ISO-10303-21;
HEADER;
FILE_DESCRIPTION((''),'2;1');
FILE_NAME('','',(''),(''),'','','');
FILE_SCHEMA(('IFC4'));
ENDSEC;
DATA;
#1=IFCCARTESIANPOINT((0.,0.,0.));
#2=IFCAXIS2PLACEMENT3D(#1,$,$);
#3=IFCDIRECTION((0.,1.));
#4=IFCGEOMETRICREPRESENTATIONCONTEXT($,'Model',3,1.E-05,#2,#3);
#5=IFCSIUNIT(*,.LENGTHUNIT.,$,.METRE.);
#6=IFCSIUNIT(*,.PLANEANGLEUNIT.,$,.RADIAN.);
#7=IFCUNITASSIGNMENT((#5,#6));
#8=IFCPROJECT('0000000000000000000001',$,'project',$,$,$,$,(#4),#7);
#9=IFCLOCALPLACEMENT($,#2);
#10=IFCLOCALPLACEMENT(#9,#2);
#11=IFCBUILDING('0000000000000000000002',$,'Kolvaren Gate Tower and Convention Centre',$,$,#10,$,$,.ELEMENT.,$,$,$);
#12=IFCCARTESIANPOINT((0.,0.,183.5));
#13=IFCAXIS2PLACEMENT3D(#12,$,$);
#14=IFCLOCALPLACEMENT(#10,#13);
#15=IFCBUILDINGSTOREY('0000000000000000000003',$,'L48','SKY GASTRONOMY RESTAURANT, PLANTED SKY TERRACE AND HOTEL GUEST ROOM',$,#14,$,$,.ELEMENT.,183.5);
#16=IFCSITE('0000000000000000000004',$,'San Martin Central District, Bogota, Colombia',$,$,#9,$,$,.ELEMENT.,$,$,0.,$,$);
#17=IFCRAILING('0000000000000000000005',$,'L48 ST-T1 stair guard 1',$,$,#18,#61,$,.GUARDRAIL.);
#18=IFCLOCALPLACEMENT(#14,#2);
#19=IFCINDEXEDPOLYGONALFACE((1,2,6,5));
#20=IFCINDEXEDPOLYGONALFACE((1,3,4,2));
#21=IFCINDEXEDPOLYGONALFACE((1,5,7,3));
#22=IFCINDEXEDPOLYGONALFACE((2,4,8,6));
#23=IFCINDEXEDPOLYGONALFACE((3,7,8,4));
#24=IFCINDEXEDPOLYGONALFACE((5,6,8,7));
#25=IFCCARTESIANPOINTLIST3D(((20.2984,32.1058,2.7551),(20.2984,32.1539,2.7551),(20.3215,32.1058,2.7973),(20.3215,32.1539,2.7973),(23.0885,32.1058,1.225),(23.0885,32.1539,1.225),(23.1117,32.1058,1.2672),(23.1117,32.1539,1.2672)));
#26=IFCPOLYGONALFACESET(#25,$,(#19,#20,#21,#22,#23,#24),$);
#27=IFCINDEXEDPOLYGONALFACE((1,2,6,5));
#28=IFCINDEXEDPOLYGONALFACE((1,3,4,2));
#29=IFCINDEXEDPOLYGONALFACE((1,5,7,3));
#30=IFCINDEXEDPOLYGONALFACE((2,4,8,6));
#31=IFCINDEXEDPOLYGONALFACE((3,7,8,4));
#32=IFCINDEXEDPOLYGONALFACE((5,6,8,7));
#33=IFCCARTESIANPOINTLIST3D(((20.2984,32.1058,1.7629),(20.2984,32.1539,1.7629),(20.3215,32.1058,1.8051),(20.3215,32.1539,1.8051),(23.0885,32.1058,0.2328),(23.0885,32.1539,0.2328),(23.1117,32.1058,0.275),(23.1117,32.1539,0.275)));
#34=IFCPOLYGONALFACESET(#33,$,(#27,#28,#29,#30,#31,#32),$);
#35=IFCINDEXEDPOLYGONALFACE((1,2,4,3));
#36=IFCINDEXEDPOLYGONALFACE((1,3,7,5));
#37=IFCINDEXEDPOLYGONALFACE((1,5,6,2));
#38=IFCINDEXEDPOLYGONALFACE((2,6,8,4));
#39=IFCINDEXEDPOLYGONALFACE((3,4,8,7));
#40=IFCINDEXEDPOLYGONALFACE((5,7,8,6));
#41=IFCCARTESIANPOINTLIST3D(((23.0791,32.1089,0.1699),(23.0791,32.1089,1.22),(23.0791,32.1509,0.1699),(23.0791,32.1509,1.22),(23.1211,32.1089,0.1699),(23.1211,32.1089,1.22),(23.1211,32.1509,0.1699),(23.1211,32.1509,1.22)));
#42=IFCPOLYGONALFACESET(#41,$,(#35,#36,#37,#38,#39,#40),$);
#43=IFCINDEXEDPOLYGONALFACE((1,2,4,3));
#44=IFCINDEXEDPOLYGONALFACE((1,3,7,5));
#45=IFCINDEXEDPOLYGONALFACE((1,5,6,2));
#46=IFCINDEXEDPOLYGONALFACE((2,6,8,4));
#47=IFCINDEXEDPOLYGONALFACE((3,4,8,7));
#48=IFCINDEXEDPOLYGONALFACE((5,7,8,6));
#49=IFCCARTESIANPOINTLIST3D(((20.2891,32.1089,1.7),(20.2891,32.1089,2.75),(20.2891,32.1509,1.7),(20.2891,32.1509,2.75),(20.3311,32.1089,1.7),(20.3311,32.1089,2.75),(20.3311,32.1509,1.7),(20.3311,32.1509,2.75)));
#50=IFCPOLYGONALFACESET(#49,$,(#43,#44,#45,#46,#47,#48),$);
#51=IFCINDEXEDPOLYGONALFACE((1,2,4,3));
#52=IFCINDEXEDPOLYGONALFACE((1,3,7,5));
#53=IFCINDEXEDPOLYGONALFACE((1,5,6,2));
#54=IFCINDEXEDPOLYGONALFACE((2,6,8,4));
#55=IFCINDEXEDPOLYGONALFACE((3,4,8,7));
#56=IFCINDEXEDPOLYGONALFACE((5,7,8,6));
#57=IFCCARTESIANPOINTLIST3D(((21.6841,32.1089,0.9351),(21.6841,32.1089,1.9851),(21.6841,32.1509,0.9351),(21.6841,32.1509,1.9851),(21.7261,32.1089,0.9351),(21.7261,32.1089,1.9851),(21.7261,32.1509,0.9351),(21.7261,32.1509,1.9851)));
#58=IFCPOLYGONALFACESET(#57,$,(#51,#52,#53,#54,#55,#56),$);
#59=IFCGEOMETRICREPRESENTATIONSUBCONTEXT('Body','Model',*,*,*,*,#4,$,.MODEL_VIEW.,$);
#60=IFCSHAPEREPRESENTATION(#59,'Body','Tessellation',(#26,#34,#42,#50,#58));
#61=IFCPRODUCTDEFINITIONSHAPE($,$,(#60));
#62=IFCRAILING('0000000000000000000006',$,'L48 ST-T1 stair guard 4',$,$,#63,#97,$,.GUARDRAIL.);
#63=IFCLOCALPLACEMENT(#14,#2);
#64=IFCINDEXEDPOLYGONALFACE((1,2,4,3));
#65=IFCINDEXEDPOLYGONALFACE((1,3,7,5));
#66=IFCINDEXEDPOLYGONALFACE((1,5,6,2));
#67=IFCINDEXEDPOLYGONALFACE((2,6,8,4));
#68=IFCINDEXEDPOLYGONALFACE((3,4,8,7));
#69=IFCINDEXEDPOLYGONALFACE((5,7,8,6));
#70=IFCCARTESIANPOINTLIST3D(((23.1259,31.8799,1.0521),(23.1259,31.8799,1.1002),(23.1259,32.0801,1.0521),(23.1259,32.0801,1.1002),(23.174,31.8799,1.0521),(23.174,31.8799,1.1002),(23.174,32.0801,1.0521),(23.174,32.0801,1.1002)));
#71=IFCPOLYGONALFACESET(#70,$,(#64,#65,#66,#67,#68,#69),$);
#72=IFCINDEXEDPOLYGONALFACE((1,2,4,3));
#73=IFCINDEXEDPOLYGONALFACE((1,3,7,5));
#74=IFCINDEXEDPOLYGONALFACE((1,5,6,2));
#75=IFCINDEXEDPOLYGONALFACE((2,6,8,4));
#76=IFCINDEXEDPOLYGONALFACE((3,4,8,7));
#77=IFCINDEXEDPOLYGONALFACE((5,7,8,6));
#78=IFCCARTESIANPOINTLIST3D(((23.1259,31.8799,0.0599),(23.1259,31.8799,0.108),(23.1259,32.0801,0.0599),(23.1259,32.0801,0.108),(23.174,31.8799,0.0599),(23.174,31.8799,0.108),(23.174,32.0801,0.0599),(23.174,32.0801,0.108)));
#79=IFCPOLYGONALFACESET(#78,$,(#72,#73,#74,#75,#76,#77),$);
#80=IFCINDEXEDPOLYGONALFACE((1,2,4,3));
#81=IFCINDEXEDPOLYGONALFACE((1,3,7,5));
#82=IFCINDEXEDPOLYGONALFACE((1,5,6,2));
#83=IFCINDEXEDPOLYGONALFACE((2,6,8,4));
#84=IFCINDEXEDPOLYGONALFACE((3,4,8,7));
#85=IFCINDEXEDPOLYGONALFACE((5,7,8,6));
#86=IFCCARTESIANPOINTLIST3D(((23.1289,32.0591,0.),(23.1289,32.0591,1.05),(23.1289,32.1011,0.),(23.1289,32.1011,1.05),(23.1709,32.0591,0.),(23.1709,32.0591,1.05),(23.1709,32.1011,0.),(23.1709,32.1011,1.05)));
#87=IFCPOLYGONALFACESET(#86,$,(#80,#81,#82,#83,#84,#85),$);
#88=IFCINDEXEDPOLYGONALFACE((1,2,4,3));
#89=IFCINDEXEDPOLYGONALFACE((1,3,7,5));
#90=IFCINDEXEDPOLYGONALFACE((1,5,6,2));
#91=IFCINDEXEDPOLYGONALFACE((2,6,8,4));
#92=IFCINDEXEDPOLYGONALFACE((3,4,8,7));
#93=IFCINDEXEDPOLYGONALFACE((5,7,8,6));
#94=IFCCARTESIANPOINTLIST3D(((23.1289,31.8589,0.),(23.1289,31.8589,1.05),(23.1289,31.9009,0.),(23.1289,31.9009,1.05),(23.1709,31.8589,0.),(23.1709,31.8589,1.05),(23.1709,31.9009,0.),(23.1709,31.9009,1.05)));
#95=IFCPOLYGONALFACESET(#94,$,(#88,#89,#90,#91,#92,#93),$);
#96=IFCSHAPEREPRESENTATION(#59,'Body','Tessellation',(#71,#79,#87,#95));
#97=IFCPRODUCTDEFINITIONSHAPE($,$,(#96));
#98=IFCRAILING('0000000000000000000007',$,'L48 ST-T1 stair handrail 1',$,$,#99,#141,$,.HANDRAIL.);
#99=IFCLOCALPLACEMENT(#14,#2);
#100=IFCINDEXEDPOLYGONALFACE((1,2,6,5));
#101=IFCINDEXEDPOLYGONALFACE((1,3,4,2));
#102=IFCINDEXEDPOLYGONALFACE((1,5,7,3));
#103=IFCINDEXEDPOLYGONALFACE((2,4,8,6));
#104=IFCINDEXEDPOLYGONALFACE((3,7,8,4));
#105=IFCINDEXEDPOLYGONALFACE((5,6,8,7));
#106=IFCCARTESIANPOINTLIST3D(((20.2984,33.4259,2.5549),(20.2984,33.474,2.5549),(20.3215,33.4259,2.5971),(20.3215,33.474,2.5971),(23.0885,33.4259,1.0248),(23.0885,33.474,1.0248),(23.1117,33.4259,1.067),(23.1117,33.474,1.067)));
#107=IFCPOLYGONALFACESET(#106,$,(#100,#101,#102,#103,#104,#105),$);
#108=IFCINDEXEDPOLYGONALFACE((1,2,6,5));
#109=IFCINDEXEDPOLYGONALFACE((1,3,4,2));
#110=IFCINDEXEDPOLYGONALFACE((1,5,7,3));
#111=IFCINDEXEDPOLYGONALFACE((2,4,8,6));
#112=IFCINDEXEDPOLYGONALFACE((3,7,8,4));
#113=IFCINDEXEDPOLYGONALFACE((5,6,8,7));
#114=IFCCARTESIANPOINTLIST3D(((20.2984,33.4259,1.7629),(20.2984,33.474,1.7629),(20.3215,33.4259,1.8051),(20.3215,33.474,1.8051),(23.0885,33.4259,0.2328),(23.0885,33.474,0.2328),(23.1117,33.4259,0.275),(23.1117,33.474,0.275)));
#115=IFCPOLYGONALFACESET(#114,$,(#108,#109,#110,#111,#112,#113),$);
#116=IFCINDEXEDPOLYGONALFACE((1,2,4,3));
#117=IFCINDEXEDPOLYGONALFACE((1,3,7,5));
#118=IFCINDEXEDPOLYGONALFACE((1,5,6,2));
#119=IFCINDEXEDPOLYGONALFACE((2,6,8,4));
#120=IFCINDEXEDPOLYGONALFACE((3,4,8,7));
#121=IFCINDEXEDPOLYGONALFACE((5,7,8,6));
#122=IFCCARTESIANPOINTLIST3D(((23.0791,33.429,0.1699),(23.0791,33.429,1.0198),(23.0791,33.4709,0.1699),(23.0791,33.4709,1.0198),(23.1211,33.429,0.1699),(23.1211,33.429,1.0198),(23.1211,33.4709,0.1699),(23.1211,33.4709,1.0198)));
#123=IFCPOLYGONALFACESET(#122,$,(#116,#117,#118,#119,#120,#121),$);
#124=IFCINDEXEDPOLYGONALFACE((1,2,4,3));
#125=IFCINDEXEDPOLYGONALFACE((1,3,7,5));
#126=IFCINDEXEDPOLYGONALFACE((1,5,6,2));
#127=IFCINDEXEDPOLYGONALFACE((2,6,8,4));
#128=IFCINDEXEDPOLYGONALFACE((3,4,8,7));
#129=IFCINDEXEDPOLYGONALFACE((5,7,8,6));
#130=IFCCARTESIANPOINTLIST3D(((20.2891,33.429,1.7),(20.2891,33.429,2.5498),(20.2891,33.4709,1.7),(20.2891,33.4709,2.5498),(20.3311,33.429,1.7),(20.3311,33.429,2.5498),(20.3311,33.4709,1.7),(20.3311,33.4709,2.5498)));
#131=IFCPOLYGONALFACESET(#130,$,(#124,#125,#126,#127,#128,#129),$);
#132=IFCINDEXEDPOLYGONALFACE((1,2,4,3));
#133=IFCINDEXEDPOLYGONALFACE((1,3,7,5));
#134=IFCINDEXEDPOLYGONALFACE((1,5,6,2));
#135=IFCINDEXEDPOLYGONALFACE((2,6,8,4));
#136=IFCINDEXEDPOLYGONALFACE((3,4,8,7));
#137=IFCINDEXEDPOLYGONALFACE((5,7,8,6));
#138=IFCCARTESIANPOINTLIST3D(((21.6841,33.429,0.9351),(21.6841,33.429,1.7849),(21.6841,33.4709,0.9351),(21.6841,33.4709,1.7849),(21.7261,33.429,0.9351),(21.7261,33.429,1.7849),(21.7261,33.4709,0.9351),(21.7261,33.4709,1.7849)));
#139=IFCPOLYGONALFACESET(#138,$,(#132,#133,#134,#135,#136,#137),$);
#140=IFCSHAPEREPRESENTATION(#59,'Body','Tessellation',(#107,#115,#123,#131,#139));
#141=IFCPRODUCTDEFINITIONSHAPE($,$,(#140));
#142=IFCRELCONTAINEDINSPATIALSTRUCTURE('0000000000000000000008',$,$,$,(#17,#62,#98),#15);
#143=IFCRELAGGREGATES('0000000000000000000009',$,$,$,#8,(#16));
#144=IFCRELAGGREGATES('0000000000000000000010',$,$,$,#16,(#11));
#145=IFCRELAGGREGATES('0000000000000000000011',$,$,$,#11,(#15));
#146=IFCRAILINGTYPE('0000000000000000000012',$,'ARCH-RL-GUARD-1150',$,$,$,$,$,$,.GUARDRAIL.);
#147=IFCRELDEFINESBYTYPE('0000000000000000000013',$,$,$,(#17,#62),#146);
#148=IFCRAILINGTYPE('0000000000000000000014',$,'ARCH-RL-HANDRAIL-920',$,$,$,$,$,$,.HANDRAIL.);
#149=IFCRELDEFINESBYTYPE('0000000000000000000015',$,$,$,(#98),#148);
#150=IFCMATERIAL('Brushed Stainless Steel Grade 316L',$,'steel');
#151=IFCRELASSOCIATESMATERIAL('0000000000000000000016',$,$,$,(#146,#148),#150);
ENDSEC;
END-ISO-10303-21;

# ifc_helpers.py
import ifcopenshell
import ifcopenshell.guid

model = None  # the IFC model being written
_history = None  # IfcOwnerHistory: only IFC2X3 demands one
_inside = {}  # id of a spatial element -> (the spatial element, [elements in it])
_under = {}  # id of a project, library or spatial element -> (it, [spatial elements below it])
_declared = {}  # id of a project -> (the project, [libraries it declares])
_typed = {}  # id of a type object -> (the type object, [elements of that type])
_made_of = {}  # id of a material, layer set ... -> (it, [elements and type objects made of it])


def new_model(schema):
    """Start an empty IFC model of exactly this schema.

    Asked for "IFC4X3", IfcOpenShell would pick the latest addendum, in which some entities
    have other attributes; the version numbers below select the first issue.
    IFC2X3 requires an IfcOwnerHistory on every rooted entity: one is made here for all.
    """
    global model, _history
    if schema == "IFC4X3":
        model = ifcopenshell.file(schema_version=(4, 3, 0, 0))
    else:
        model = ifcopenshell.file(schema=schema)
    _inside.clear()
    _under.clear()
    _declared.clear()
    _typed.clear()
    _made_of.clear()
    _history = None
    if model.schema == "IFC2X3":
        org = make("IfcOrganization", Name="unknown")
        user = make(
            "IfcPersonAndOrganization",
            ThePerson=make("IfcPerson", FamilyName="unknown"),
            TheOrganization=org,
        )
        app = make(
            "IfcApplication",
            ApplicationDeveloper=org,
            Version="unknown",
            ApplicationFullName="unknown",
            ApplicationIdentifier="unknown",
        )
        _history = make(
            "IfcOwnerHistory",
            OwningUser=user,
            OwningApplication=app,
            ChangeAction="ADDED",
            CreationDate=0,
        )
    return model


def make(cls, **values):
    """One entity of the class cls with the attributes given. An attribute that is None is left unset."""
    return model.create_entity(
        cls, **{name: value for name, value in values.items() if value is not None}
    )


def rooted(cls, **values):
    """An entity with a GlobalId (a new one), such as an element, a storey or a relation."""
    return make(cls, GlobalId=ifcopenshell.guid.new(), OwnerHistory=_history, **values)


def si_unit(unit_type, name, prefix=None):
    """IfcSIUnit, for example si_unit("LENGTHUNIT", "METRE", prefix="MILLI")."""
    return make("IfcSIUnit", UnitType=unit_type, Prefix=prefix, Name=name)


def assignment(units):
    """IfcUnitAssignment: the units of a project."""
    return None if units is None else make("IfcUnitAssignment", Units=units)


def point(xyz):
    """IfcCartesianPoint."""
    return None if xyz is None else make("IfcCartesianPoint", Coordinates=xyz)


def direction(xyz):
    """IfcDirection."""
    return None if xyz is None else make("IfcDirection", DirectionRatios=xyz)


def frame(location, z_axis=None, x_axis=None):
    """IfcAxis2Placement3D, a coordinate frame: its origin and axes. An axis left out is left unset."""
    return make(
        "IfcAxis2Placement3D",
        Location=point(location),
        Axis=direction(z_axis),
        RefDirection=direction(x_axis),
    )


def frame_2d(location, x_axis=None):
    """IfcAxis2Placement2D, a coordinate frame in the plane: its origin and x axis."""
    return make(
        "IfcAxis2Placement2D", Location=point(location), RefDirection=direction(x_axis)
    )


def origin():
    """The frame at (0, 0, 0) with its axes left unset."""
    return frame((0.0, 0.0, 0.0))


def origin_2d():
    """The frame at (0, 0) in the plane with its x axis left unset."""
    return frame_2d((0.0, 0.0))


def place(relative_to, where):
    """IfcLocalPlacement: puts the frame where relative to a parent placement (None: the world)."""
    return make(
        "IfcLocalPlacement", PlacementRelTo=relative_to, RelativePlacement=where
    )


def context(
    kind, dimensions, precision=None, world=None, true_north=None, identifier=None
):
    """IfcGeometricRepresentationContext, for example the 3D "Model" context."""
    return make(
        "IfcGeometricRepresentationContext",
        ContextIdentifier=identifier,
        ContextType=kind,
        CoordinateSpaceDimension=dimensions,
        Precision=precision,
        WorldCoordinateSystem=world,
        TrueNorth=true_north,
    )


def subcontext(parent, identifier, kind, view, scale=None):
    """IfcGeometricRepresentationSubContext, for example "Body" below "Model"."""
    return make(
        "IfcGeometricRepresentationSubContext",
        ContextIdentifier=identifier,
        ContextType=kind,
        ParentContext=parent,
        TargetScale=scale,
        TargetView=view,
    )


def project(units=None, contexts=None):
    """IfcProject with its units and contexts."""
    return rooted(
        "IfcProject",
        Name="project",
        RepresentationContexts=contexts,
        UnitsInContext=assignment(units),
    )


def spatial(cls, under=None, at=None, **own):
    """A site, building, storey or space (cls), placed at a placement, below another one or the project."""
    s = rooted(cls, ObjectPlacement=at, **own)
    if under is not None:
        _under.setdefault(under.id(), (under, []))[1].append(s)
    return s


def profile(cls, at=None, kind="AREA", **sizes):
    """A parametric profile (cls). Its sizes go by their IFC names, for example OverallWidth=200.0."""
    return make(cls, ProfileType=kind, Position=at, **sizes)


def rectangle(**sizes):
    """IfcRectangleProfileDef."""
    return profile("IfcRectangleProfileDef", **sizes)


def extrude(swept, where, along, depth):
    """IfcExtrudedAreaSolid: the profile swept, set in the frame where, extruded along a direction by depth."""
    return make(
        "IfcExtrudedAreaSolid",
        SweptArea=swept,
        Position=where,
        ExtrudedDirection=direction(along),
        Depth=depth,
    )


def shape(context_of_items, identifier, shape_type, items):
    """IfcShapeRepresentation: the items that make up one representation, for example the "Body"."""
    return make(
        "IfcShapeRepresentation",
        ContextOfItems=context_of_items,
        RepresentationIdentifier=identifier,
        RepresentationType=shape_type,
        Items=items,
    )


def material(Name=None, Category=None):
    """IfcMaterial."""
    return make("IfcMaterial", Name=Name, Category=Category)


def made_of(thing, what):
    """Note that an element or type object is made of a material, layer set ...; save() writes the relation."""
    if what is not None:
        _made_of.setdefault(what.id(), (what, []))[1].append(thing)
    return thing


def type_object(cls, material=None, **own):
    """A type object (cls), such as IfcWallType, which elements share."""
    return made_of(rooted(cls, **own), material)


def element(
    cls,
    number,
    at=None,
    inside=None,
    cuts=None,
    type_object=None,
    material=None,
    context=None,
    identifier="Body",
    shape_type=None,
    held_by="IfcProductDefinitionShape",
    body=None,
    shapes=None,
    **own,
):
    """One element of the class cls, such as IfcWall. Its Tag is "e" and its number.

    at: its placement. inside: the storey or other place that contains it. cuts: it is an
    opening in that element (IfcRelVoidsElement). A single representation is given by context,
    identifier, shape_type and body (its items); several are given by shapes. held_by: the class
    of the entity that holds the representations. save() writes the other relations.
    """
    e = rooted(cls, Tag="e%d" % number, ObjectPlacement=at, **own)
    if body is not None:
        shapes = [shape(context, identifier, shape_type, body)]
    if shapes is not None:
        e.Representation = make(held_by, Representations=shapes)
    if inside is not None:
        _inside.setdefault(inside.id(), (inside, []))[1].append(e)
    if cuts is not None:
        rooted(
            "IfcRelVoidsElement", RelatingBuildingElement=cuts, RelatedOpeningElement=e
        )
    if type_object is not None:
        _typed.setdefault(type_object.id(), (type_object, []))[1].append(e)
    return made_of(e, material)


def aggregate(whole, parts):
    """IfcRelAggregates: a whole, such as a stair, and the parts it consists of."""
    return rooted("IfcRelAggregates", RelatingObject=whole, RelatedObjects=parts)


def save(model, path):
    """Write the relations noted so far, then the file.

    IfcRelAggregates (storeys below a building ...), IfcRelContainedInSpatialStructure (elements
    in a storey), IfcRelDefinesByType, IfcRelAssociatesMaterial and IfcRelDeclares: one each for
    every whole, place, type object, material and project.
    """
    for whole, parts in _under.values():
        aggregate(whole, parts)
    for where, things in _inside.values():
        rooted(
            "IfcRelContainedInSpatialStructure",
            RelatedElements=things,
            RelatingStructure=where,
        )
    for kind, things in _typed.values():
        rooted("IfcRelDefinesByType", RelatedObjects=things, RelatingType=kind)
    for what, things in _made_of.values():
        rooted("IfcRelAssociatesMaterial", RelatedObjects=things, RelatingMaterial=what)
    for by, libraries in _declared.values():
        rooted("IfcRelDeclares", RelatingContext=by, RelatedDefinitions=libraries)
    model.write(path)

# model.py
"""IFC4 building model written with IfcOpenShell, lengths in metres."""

from ifc_helpers import new_model, si_unit, direction, frame, origin, origin_2d, place, context, subcontext, project, spatial, rectangle, extrude, material, type_object, element, save


model = new_model("IFC4")

# Units and contexts
model_context = context("Model", 3, precision=1e-05, world=origin(), true_north=direction((0.0, 1.0)))
body_context = subcontext(model_context, "Body", "Model", "MODEL_VIEW")
ifc_project = project(units=[si_unit("LENGTHUNIT", "METRE"), si_unit("PLANEANGLEUNIT", "RADIAN")], contexts=[model_context])

# Site, building, storey
site_placement = place(None, origin())
site = spatial("IfcSite", under=ifc_project, at=site_placement, Name="San Martin Central District, Bogota, Colombia", CompositionType="ELEMENT", RefElevation=0.0)
building_placement = place(site_placement, origin())
building = spatial("IfcBuilding", under=site, at=building_placement, Name="Kolvaren Gate Tower and Convention Centre", CompositionType="ELEMENT")
storey_placement = place(building_placement, frame((0.0, 0.0, 183.5)))
storey = spatial("IfcBuildingStorey", under=building, at=storey_placement, Name="L48", Description="SKY GASTRONOMY RESTAURANT, PLANTED SKY TERRACE AND HOTEL GUEST ROOM", CompositionType="ELEMENT", Elevation=183.5)

# Shared definitions
ifc_material_1 = material(Name="Brushed Stainless Steel Grade 316L", Category="steel")

# Railings
railing_type_1 = type_object("IfcRailingType", Name="ARCH-RL-GUARD-1150", PredefinedType="GUARDRAIL", material=ifc_material_1)
railing_1_placement = place(storey_placement, frame((23.1001, 32.1299, 0.1699)))
element("IfcRailing", 1, at=railing_1_placement, inside=storey, type_object=railing_type_1, Name="L48 ST-T1 stair guard 1", PredefinedType="GUARDRAIL", context=body_context, shape_type="SweptSolid", body=[
    extrude(rectangle(XDim=0.0481, YDim=0.0481, at=origin_2d()), frame((0.0, 0.0, 1.0762), z_axis=(-0.876811, 0.0, 0.480835), x_axis=(0.0, -1.0, 0.0)), (0.0, 0.0, 1.0), 3.1821),
    extrude(rectangle(XDim=0.0481, YDim=0.0481, at=origin_2d()), frame((0.0, 0.0, 0.084), z_axis=(-0.876811, 0.0, 0.480835), x_axis=(0.0, -1.0, 0.0)), (0.0, 0.0, 1.0), 3.1821),
    extrude(rectangle(XDim=0.042, YDim=0.042, at=origin_2d()), origin(), (0.0, 0.0, 1.0), 1.05),
    extrude(rectangle(XDim=0.042, YDim=0.042, at=origin_2d()), frame((-2.79, 0.0, 1.53)), (0.0, 0.0, 1.0), 1.05),
    extrude(rectangle(XDim=0.042, YDim=0.042, at=origin_2d()), frame((-1.395, 0.0, 0.7651)), (0.0, 0.0, 1.0), 1.05),
])
railing_2_placement = place(storey_placement, frame((23.1499, 32.0801, 0.0)))
element("IfcRailing", 2, at=railing_2_placement, inside=storey, type_object=railing_type_1, Name="L48 ST-T1 stair guard 4", PredefinedType="GUARDRAIL", context=body_context, shape_type="SweptSolid", body=[
    extrude(rectangle(XDim=0.0481, YDim=0.0481, at=origin_2d()), frame((0.0, 0.0, 1.0762), z_axis=(0.0, -1.0, 0.0), x_axis=(1.0, 0.0, 0.0)), (0.0, 0.0, 1.0), 0.2002),
    extrude(rectangle(XDim=0.0481, YDim=0.0481, at=origin_2d()), frame((0.0, 0.0, 0.084), z_axis=(0.0, -1.0, 0.0), x_axis=(1.0, 0.0, 0.0)), (0.0, 0.0, 1.0), 0.2002),
    extrude(rectangle(XDim=0.042, YDim=0.042, at=origin_2d()), origin(), (0.0, 0.0, 1.0), 1.05),
    extrude(rectangle(XDim=0.042, YDim=0.042, at=origin_2d()), frame((0.0, -0.2002, 0.0)), (0.0, 0.0, 1.0), 1.05),
])
railing_type_2 = type_object("IfcRailingType", Name="ARCH-RL-HANDRAIL-920", PredefinedType="HANDRAIL", material=ifc_material_1)
railing_3_placement = place(storey_placement, frame((23.1001, 33.45, 0.1699)))
element("IfcRailing", 3, at=railing_3_placement, inside=storey, type_object=railing_type_2, Name="L48 ST-T1 stair handrail 1", PredefinedType="HANDRAIL", context=body_context, shape_type="SweptSolid", body=[
    extrude(rectangle(XDim=0.0481, YDim=0.0481, at=origin_2d()), frame((0.0, 0.0, 0.876), z_axis=(-0.876811, 0.0, 0.480835), x_axis=(0.0, -1.0, 0.0)), (0.0, 0.0, 1.0), 3.1821),
    extrude(rectangle(XDim=0.0481, YDim=0.0481, at=origin_2d()), frame((0.0, 0.0, 0.084), z_axis=(-0.876811, 0.0, 0.480835), x_axis=(0.0, -1.0, 0.0)), (0.0, 0.0, 1.0), 3.1821),
    extrude(rectangle(XDim=0.042, YDim=0.042, at=origin_2d()), origin(), (0.0, 0.0, 1.0), 0.8499),
    extrude(rectangle(XDim=0.042, YDim=0.042, at=origin_2d()), frame((-2.79, 0.0, 1.53)), (0.0, 0.0, 1.0), 0.8499),
    extrude(rectangle(XDim=0.042, YDim=0.042, at=origin_2d()), frame((-1.395, 0.0, 0.7651)), (0.0, 0.0, 1.0), 0.8499),
])

save(model, "model.ifc")
